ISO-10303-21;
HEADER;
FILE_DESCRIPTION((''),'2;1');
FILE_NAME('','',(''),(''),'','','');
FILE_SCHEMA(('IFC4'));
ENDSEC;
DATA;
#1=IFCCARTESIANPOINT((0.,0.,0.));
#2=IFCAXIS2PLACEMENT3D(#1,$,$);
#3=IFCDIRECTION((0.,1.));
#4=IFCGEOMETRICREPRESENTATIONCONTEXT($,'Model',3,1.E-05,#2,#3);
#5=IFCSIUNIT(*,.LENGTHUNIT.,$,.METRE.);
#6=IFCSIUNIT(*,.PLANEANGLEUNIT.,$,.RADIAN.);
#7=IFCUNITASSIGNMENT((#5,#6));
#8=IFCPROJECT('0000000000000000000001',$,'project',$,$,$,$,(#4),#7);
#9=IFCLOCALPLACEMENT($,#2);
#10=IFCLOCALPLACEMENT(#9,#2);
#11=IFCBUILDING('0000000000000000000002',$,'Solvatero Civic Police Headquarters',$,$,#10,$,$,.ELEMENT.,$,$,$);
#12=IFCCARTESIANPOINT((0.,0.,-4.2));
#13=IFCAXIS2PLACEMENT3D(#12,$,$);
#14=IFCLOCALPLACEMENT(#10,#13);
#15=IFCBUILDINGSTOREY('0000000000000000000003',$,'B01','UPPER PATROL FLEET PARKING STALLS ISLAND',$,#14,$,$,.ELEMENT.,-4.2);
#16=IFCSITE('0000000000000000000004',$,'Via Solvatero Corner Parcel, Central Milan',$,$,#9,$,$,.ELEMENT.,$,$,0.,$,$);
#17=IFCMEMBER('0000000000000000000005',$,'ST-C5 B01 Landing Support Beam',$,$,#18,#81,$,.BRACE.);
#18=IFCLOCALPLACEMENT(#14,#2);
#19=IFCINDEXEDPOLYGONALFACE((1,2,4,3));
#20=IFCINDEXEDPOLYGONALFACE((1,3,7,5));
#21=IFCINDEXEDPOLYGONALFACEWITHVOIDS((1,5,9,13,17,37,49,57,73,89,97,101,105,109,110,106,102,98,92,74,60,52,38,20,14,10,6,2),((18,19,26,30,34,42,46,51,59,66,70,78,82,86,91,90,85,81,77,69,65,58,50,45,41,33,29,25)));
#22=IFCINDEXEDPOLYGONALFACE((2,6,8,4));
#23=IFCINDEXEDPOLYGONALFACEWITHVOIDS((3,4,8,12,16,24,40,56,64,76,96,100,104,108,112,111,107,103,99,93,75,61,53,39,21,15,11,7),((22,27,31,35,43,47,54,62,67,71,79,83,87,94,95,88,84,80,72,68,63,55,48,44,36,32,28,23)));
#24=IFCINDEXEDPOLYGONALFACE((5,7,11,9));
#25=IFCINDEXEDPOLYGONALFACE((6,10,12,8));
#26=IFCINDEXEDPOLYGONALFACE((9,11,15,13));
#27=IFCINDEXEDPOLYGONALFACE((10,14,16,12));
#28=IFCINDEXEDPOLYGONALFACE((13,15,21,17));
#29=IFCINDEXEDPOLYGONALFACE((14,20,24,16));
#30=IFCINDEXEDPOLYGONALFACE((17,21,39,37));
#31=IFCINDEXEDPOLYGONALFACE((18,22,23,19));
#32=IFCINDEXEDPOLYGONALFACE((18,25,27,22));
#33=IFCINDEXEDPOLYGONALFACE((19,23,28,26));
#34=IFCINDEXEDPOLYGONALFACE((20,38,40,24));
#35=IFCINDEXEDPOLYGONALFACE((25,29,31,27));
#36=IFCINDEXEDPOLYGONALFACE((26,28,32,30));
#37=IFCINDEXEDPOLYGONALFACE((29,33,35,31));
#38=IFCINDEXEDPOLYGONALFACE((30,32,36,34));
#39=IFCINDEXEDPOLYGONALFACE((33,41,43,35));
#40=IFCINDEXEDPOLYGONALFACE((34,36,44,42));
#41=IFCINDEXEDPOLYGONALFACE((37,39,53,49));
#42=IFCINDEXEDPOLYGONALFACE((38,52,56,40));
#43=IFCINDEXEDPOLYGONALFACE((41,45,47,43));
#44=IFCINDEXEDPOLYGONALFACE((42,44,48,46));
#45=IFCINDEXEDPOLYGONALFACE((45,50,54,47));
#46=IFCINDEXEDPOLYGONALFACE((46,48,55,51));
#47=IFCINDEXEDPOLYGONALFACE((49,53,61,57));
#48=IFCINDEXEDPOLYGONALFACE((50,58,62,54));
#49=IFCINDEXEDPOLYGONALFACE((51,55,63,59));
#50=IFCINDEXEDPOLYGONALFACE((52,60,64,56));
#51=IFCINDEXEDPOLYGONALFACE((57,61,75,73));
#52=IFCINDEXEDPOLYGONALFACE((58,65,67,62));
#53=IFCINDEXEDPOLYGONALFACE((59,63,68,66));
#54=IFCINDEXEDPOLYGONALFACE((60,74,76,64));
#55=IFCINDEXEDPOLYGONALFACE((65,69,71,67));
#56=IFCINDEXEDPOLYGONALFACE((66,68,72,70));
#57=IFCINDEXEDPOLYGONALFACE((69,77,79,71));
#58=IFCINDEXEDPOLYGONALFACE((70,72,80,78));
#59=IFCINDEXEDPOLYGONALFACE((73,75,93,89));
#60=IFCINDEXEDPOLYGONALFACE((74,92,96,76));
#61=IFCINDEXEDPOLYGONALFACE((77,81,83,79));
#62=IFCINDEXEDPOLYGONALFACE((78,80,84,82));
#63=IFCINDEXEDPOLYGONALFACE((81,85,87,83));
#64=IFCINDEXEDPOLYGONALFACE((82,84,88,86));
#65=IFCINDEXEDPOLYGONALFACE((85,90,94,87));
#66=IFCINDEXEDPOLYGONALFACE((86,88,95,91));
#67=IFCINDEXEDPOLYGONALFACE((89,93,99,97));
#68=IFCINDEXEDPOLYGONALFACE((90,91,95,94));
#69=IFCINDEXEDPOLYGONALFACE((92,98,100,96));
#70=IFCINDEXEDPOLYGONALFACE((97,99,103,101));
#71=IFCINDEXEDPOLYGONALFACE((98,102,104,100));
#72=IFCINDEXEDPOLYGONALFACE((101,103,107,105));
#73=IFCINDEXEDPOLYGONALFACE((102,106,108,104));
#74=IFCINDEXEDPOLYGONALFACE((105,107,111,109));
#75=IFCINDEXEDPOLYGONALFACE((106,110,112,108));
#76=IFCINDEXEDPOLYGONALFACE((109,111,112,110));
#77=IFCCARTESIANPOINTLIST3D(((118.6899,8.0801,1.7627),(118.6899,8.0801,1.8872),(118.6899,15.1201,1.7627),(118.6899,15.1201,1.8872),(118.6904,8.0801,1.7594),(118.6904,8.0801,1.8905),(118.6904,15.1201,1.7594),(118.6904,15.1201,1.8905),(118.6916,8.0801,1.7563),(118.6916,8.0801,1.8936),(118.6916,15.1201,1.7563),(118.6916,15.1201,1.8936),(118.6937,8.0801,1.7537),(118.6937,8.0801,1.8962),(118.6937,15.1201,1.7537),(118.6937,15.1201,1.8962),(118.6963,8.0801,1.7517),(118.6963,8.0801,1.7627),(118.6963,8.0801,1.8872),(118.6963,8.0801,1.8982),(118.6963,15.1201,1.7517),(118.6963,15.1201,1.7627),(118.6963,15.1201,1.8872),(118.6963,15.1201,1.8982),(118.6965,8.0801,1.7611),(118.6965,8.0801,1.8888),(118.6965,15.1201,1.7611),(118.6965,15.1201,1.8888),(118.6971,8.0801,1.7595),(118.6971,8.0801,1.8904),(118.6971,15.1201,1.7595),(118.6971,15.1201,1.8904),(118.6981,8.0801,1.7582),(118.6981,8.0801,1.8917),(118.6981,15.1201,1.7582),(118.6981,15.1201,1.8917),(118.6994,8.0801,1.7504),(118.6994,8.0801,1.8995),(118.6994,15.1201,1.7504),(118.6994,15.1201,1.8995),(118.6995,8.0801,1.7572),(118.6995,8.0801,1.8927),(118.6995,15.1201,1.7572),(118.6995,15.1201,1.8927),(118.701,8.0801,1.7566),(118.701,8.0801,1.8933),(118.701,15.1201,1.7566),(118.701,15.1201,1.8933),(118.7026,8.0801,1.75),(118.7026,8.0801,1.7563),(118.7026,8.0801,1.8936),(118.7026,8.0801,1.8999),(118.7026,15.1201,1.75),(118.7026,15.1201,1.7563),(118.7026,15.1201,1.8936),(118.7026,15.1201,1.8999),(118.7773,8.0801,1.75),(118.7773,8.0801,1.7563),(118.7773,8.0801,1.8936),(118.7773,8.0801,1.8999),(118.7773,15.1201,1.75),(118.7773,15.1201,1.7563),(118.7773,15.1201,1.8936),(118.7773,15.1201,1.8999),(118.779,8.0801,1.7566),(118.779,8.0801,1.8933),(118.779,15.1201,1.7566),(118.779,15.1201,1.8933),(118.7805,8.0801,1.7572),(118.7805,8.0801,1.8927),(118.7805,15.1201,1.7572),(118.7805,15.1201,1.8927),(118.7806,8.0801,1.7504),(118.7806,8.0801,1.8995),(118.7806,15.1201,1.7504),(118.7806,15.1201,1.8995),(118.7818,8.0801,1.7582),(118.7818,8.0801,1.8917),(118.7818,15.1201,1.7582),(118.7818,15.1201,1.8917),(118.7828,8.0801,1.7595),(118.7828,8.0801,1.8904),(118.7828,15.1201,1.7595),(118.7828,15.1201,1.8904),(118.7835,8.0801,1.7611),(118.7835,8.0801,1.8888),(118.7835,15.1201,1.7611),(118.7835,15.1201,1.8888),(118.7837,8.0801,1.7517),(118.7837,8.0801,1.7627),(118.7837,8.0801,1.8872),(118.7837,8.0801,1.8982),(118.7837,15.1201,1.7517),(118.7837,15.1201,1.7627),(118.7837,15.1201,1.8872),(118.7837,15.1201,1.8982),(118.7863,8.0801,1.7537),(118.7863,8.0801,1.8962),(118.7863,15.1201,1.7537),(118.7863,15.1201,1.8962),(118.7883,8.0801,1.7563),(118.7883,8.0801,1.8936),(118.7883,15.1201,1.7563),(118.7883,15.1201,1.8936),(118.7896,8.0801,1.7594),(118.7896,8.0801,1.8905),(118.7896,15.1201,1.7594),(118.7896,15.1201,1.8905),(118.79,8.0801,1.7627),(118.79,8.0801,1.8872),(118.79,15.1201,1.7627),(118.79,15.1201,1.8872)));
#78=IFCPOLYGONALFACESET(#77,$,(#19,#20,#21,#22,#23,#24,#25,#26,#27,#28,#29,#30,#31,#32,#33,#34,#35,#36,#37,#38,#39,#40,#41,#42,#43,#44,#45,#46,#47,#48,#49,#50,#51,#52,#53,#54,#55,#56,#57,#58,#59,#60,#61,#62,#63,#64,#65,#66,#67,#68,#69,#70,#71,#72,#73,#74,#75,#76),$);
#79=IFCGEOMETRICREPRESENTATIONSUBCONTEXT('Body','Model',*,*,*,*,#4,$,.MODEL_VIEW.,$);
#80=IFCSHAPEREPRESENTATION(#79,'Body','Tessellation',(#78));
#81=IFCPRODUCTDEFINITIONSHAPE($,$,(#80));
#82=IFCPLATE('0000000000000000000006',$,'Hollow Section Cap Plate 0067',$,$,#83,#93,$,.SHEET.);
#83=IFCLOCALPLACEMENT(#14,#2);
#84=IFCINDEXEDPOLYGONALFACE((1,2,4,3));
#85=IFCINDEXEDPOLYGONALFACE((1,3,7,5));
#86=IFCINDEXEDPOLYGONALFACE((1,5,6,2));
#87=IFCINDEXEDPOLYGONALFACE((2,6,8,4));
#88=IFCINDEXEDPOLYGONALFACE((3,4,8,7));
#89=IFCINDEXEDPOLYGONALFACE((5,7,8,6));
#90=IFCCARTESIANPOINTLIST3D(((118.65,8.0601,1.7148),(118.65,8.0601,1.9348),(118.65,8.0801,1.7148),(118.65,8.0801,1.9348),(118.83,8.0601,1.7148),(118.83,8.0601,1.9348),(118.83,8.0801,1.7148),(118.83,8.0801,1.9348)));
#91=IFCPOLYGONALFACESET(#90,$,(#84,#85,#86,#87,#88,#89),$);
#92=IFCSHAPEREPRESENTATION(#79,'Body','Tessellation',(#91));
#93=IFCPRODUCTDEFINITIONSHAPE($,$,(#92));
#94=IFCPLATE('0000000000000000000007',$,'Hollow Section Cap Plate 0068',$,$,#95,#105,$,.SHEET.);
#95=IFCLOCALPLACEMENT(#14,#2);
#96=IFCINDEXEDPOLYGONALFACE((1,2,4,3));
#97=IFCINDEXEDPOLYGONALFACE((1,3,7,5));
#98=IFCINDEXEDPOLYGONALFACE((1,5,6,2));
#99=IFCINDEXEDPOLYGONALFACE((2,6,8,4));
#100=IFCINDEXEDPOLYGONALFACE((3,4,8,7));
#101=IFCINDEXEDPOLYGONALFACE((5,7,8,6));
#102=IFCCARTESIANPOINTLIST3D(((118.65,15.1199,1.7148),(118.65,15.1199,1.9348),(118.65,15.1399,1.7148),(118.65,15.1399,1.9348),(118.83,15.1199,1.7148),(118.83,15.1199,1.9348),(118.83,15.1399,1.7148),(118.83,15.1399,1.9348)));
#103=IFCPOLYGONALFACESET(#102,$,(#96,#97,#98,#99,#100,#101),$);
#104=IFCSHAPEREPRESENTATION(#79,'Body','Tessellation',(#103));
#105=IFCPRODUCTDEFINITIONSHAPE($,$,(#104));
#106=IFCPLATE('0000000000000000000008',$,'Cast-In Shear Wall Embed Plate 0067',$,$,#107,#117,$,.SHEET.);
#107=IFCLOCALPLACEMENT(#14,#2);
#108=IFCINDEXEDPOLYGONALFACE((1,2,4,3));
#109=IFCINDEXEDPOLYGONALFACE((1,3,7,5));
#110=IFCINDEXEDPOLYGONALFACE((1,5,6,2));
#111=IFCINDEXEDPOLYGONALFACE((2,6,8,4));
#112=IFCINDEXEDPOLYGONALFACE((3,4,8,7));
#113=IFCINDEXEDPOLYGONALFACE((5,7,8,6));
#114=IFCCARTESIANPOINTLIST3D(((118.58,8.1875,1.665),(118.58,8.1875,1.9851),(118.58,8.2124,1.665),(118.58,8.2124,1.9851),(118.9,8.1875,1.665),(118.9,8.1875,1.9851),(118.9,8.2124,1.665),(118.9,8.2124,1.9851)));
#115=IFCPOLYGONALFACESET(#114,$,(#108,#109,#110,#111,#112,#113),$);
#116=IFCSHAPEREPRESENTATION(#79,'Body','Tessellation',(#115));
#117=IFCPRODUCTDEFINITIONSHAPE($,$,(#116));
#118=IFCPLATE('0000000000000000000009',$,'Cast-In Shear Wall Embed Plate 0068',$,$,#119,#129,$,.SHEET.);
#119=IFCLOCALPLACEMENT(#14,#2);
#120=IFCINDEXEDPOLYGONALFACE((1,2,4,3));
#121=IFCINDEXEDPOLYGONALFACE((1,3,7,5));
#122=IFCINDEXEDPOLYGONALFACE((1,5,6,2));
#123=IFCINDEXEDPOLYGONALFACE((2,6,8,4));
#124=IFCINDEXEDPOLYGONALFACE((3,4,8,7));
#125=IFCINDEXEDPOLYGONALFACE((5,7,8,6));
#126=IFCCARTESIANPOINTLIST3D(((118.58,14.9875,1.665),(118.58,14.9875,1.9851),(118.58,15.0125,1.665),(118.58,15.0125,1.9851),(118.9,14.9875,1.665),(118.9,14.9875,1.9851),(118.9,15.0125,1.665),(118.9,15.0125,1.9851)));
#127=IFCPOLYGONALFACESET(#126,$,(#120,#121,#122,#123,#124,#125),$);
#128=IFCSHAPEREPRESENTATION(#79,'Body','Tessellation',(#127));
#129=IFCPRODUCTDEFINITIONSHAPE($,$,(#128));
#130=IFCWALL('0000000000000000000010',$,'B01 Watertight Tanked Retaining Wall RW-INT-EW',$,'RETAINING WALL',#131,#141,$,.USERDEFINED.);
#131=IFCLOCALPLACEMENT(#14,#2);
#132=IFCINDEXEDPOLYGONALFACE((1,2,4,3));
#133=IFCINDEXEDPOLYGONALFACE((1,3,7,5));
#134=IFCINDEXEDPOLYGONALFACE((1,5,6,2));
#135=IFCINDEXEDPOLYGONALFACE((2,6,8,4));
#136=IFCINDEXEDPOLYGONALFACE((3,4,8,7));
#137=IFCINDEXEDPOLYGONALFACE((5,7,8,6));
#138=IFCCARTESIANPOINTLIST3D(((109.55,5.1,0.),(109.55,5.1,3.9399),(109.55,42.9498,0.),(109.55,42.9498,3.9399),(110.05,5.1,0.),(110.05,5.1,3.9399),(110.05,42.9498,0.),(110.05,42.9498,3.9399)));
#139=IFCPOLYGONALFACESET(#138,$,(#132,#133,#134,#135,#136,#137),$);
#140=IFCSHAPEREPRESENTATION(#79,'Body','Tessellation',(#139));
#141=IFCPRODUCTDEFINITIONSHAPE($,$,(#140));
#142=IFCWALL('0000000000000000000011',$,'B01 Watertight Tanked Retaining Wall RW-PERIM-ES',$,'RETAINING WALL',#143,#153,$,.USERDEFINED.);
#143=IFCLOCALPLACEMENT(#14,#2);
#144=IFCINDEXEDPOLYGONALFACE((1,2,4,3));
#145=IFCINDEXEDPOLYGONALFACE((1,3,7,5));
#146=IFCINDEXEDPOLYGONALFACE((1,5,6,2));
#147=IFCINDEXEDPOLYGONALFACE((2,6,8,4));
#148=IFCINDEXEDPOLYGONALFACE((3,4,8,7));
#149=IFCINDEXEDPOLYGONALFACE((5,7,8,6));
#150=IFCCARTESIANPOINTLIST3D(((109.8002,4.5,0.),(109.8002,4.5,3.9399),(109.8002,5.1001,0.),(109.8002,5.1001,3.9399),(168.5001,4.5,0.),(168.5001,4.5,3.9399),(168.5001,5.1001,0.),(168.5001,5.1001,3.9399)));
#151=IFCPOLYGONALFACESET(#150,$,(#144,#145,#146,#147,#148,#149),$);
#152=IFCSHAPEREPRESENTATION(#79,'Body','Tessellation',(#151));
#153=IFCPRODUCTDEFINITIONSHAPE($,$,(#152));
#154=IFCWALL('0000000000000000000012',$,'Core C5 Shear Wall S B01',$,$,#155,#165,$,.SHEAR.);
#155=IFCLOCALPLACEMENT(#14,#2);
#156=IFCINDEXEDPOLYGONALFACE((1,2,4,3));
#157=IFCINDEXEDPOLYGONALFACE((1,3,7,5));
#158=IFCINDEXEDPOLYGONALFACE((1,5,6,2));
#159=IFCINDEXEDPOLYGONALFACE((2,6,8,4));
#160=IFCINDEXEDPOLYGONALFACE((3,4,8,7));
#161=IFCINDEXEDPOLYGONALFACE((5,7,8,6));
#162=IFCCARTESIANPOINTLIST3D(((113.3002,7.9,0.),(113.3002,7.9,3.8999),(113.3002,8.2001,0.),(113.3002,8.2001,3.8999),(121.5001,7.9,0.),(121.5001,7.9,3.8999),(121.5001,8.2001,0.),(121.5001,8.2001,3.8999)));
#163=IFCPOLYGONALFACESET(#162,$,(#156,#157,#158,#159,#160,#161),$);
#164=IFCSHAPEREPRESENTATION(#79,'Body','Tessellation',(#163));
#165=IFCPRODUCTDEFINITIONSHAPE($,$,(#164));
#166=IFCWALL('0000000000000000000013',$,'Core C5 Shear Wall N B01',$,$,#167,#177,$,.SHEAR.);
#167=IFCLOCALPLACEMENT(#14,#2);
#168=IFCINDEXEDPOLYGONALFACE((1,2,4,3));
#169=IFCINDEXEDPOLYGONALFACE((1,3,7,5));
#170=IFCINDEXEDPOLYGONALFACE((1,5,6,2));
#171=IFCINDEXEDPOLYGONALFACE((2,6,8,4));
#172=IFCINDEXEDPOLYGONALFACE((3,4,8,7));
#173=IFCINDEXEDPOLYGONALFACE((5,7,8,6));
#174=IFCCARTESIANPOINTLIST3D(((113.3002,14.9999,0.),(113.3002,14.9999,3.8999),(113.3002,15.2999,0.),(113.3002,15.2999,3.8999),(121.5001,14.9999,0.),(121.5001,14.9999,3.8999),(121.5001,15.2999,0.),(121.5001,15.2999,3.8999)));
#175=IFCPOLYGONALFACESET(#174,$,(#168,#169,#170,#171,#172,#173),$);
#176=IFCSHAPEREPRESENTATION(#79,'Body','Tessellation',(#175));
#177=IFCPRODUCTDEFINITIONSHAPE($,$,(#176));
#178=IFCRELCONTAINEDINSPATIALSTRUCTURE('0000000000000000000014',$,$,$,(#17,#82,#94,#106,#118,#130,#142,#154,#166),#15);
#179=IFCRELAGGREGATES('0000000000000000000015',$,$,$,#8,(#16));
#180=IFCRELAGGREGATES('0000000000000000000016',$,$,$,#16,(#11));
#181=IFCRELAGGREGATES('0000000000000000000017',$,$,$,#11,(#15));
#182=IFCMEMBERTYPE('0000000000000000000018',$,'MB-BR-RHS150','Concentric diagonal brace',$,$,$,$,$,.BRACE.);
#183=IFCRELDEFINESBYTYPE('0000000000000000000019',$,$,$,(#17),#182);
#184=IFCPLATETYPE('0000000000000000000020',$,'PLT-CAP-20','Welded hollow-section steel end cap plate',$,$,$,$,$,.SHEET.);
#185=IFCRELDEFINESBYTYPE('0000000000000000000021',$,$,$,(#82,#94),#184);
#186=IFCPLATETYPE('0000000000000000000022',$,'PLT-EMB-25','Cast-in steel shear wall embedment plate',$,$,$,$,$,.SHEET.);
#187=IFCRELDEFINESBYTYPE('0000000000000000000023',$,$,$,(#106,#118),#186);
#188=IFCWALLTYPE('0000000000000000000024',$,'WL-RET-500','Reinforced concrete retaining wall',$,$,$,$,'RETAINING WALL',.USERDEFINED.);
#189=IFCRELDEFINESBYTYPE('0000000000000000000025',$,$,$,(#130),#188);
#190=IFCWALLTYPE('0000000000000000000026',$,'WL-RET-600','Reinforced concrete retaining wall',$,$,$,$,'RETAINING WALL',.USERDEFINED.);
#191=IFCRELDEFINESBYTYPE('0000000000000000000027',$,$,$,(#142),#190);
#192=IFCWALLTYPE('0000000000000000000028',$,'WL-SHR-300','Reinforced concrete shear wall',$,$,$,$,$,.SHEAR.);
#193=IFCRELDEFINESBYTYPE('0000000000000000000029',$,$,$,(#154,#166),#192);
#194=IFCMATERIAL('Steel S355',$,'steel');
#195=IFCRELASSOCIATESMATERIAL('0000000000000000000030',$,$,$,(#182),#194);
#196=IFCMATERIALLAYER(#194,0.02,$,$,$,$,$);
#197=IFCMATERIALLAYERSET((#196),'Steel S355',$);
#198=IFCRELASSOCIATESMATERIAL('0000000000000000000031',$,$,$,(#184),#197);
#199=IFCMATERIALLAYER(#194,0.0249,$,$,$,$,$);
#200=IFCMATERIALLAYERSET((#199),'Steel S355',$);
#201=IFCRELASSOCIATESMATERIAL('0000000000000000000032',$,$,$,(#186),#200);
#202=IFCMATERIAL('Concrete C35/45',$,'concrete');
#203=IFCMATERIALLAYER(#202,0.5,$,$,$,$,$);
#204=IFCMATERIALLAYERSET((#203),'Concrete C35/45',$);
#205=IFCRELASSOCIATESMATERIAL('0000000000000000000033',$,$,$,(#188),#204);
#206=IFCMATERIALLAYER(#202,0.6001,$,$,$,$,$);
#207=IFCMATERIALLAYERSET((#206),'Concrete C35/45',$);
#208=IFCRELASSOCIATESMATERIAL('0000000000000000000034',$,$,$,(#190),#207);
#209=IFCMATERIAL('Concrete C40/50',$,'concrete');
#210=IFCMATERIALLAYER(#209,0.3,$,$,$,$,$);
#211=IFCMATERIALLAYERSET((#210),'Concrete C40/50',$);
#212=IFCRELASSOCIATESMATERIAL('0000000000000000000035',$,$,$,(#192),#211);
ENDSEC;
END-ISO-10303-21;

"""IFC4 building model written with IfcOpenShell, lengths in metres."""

from ifc_helpers import new_model, si_unit, direction, frame, frame_2d, origin, origin_2d, place, context, subcontext, project, spatial, rectangle, hollow_rectangle, extrude, material, layer, layer_set, material_profile, profile_set, type_object, element, save


model = new_model("IFC4")

# Units and contexts
model_context = context("Model", 3, precision=1e-05, world=origin(), true_north=direction((0.0, 1.0)))
body_context = subcontext(model_context, "Body", "Model", "MODEL_VIEW")
ifc_project = project(units=[si_unit("LENGTHUNIT", "METRE"), si_unit("PLANEANGLEUNIT", "RADIAN")], contexts=[model_context])

# Site, building, storey
site_placement = place(None, origin())
site = spatial("IfcSite", under=ifc_project, at=site_placement, Name="Via Solvatero Corner Parcel, Central Milan", CompositionType="ELEMENT", RefElevation=0.0)
building_placement = place(site_placement, origin())
building = spatial("IfcBuilding", under=site, at=building_placement, Name="Solvatero Civic Police Headquarters", CompositionType="ELEMENT")
storey_placement = place(building_placement, frame((0.0, 0.0, -4.2)))
storey = spatial("IfcBuildingStorey", under=building, at=storey_placement, Name="B01", Description="UPPER PATROL FLEET PARKING STALLS ISLAND", CompositionType="ELEMENT", Elevation=-4.2)

# Shared definitions
ifc_material_1 = material(Name="Concrete C40/50", Category="concrete")

# Member
ifc_material_2 = material(Name="Steel S355", Category="steel")
ifc_material_profile_1 = material_profile(ifc_material_2, hollow_rectangle(XDim=0.1001, YDim=0.1499, WallThickness=0.0063, InnerFilletRadius=0.0063, OuterFilletRadius=0.0127, at=origin_2d()), Name="RHS 150x100x6.3")
ifc_profile_set_1 = profile_set([ifc_material_profile_1], Name="Steel S355")
member_type = type_object("IfcMemberType", Name="MB-BR-RHS150", Description="Concentric diagonal brace", PredefinedType="BRACE", material=ifc_profile_set_1)
member_placement = place(storey_placement, frame((118.74, 8.0801, 1.825), z_axis=(0.0, 1.0, 0.0), x_axis=(-1.0, 0.0, 0.0)))
element("IfcMember", 1, at=member_placement, inside=storey, type_object=member_type, Name="ST-C5 B01 Landing Support Beam", PredefinedType="BRACE", context=body_context, shape_type="SweptSolid", body=[
    extrude(hollow_rectangle(XDim=0.1001, YDim=0.1499, WallThickness=0.0063, InnerFilletRadius=0.0063, OuterFilletRadius=0.0127, at=origin_2d()), origin(), (0.0, 0.0, 1.0), 7.04),
])

# Plates
ifc_layer_1 = layer(ifc_material_2, 0.02)
ifc_layer_set_1 = layer_set([ifc_layer_1], Name="Steel S355")
plate_type_1 = type_object("IfcPlateType", Name="PLT-CAP-20", Description="Welded hollow-section steel end cap plate", PredefinedType="SHEET", material=ifc_layer_set_1)
for number, where, z_axis, x_axis, name in (
    (2, (118.74, 8.0701, 1.7148), (0.0, 0.0, 1.0), (1.0, 0.0, 0.0), "Hollow Section Cap Plate 0067"),
    (3, (118.74, 15.1299, 1.7148), (0.0, 0.0, 1.0), (1.0, 0.0, 0.0), "Hollow Section Cap Plate 0068"),
):
    element("IfcPlate", number, at=place(storey_placement, frame(where, z_axis=z_axis, x_axis=x_axis)), inside=storey, type_object=plate_type_1, Name=name, PredefinedType="SHEET", context=body_context, shape_type="SweptSolid", body=[
        extrude(rectangle(XDim=0.1799, YDim=0.02, at=origin_2d()), origin(), (0.0, 0.0, 1.0), 0.22),
    ])
ifc_layer_2 = layer(ifc_material_2, 0.0249)
ifc_layer_set_2 = layer_set([ifc_layer_2], Name="Steel S355")
plate_type_2 = type_object("IfcPlateType", Name="PLT-EMB-25", Description="Cast-in steel shear wall embedment plate", PredefinedType="SHEET", material=ifc_layer_set_2)
for number, where, z_axis, x_axis, name in (
    (4, (118.74, 8.2, 1.665), (0.0, 0.0, 1.0), (1.0, 0.0, 0.0), "Cast-In Shear Wall Embed Plate 0067"),
    (5, (118.74, 15.0, 1.665), (0.0, 0.0, 1.0), (1.0, 0.0, 0.0), "Cast-In Shear Wall Embed Plate 0068"),
):
    element("IfcPlate", number, at=place(storey_placement, frame(where, z_axis=z_axis, x_axis=x_axis)), inside=storey, type_object=plate_type_2, Name=name, PredefinedType="SHEET", context=body_context, shape_type="SweptSolid", body=[
        extrude(rectangle(XDim=0.3201, YDim=0.0249, at=origin_2d()), origin(), (0.0, 0.0, 1.0), 0.3201),
    ])

# Walls
ifc_material_3 = material(Name="Concrete C35/45", Category="concrete")
ifc_layer_3 = layer(ifc_material_3, 0.5)
ifc_layer_set_3 = layer_set([ifc_layer_3], Name="Concrete C35/45")
wall_type_1 = type_object("IfcWallType", Name="WL-RET-500", Description="Reinforced concrete retaining wall", ElementType="RETAINING WALL", PredefinedType="USERDEFINED", material=ifc_layer_set_3)
wall_1_placement = place(storey_placement, frame((109.8, 5.1001, 0.0), z_axis=(0.0, 0.0, 1.0), x_axis=(0.0, 1.0, 0.0)))
element("IfcWall", 6, at=wall_1_placement, inside=storey, type_object=wall_type_1, Name="B01 Watertight Tanked Retaining Wall RW-INT-EW", ObjectType="RETAINING WALL", PredefinedType="USERDEFINED", context=body_context, shape_type="SweptSolid", body=[
    extrude(rectangle(XDim=37.8499, YDim=0.5, at=frame_2d((18.9248, 0.0))), origin(), (0.0, 0.0, 1.0), 3.9399),
])
ifc_layer_4 = layer(ifc_material_3, 0.6001)
ifc_layer_set_4 = layer_set([ifc_layer_4], Name="Concrete C35/45")
wall_type_2 = type_object("IfcWallType", Name="WL-RET-600", Description="Reinforced concrete retaining wall", ElementType="RETAINING WALL", PredefinedType="USERDEFINED", material=ifc_layer_set_4)
wall_2_placement = place(storey_placement, frame((109.8, 4.8, 0.0), z_axis=(0.0, 0.0, 1.0), x_axis=(1.0, 0.0, 0.0)))
element("IfcWall", 7, at=wall_2_placement, inside=storey, type_object=wall_type_2, Name="B01 Watertight Tanked Retaining Wall RW-PERIM-ES", ObjectType="RETAINING WALL", PredefinedType="USERDEFINED", context=body_context, shape_type="SweptSolid", body=[
    extrude(rectangle(XDim=58.7, YDim=0.6001, at=frame_2d((29.3501, 0.0))), origin(), (0.0, 0.0, 1.0), 3.9399),
])
ifc_layer_5 = layer(ifc_material_1, 0.3)
ifc_layer_set_5 = layer_set([ifc_layer_5], Name="Concrete C40/50")
wall_type_3 = type_object("IfcWallType", Name="WL-SHR-300", Description="Reinforced concrete shear wall", PredefinedType="SHEAR", material=ifc_layer_set_5)
for number, where, z_axis, x_axis, name in (
    (8, (113.3, 8.05, 0.0), (0.0, 0.0, 1.0), (1.0, 0.0, 0.0), "Core C5 Shear Wall S B01"),
    (9, (113.3, 15.1499, 0.0), (0.0, 0.0, 1.0), (1.0, 0.0, 0.0), "Core C5 Shear Wall N B01"),
):
    element("IfcWall", number, at=place(storey_placement, frame(where, z_axis=z_axis, x_axis=x_axis)), inside=storey, type_object=wall_type_3, Name=name, PredefinedType="SHEAR", context=body_context, shape_type="SweptSolid", body=[
        extrude(rectangle(XDim=8.2, YDim=0.3, at=frame_2d((4.1001, 0.0))), origin(), (0.0, 0.0, 1.0), 3.8999),
    ])

save(model, "model.ifc")
